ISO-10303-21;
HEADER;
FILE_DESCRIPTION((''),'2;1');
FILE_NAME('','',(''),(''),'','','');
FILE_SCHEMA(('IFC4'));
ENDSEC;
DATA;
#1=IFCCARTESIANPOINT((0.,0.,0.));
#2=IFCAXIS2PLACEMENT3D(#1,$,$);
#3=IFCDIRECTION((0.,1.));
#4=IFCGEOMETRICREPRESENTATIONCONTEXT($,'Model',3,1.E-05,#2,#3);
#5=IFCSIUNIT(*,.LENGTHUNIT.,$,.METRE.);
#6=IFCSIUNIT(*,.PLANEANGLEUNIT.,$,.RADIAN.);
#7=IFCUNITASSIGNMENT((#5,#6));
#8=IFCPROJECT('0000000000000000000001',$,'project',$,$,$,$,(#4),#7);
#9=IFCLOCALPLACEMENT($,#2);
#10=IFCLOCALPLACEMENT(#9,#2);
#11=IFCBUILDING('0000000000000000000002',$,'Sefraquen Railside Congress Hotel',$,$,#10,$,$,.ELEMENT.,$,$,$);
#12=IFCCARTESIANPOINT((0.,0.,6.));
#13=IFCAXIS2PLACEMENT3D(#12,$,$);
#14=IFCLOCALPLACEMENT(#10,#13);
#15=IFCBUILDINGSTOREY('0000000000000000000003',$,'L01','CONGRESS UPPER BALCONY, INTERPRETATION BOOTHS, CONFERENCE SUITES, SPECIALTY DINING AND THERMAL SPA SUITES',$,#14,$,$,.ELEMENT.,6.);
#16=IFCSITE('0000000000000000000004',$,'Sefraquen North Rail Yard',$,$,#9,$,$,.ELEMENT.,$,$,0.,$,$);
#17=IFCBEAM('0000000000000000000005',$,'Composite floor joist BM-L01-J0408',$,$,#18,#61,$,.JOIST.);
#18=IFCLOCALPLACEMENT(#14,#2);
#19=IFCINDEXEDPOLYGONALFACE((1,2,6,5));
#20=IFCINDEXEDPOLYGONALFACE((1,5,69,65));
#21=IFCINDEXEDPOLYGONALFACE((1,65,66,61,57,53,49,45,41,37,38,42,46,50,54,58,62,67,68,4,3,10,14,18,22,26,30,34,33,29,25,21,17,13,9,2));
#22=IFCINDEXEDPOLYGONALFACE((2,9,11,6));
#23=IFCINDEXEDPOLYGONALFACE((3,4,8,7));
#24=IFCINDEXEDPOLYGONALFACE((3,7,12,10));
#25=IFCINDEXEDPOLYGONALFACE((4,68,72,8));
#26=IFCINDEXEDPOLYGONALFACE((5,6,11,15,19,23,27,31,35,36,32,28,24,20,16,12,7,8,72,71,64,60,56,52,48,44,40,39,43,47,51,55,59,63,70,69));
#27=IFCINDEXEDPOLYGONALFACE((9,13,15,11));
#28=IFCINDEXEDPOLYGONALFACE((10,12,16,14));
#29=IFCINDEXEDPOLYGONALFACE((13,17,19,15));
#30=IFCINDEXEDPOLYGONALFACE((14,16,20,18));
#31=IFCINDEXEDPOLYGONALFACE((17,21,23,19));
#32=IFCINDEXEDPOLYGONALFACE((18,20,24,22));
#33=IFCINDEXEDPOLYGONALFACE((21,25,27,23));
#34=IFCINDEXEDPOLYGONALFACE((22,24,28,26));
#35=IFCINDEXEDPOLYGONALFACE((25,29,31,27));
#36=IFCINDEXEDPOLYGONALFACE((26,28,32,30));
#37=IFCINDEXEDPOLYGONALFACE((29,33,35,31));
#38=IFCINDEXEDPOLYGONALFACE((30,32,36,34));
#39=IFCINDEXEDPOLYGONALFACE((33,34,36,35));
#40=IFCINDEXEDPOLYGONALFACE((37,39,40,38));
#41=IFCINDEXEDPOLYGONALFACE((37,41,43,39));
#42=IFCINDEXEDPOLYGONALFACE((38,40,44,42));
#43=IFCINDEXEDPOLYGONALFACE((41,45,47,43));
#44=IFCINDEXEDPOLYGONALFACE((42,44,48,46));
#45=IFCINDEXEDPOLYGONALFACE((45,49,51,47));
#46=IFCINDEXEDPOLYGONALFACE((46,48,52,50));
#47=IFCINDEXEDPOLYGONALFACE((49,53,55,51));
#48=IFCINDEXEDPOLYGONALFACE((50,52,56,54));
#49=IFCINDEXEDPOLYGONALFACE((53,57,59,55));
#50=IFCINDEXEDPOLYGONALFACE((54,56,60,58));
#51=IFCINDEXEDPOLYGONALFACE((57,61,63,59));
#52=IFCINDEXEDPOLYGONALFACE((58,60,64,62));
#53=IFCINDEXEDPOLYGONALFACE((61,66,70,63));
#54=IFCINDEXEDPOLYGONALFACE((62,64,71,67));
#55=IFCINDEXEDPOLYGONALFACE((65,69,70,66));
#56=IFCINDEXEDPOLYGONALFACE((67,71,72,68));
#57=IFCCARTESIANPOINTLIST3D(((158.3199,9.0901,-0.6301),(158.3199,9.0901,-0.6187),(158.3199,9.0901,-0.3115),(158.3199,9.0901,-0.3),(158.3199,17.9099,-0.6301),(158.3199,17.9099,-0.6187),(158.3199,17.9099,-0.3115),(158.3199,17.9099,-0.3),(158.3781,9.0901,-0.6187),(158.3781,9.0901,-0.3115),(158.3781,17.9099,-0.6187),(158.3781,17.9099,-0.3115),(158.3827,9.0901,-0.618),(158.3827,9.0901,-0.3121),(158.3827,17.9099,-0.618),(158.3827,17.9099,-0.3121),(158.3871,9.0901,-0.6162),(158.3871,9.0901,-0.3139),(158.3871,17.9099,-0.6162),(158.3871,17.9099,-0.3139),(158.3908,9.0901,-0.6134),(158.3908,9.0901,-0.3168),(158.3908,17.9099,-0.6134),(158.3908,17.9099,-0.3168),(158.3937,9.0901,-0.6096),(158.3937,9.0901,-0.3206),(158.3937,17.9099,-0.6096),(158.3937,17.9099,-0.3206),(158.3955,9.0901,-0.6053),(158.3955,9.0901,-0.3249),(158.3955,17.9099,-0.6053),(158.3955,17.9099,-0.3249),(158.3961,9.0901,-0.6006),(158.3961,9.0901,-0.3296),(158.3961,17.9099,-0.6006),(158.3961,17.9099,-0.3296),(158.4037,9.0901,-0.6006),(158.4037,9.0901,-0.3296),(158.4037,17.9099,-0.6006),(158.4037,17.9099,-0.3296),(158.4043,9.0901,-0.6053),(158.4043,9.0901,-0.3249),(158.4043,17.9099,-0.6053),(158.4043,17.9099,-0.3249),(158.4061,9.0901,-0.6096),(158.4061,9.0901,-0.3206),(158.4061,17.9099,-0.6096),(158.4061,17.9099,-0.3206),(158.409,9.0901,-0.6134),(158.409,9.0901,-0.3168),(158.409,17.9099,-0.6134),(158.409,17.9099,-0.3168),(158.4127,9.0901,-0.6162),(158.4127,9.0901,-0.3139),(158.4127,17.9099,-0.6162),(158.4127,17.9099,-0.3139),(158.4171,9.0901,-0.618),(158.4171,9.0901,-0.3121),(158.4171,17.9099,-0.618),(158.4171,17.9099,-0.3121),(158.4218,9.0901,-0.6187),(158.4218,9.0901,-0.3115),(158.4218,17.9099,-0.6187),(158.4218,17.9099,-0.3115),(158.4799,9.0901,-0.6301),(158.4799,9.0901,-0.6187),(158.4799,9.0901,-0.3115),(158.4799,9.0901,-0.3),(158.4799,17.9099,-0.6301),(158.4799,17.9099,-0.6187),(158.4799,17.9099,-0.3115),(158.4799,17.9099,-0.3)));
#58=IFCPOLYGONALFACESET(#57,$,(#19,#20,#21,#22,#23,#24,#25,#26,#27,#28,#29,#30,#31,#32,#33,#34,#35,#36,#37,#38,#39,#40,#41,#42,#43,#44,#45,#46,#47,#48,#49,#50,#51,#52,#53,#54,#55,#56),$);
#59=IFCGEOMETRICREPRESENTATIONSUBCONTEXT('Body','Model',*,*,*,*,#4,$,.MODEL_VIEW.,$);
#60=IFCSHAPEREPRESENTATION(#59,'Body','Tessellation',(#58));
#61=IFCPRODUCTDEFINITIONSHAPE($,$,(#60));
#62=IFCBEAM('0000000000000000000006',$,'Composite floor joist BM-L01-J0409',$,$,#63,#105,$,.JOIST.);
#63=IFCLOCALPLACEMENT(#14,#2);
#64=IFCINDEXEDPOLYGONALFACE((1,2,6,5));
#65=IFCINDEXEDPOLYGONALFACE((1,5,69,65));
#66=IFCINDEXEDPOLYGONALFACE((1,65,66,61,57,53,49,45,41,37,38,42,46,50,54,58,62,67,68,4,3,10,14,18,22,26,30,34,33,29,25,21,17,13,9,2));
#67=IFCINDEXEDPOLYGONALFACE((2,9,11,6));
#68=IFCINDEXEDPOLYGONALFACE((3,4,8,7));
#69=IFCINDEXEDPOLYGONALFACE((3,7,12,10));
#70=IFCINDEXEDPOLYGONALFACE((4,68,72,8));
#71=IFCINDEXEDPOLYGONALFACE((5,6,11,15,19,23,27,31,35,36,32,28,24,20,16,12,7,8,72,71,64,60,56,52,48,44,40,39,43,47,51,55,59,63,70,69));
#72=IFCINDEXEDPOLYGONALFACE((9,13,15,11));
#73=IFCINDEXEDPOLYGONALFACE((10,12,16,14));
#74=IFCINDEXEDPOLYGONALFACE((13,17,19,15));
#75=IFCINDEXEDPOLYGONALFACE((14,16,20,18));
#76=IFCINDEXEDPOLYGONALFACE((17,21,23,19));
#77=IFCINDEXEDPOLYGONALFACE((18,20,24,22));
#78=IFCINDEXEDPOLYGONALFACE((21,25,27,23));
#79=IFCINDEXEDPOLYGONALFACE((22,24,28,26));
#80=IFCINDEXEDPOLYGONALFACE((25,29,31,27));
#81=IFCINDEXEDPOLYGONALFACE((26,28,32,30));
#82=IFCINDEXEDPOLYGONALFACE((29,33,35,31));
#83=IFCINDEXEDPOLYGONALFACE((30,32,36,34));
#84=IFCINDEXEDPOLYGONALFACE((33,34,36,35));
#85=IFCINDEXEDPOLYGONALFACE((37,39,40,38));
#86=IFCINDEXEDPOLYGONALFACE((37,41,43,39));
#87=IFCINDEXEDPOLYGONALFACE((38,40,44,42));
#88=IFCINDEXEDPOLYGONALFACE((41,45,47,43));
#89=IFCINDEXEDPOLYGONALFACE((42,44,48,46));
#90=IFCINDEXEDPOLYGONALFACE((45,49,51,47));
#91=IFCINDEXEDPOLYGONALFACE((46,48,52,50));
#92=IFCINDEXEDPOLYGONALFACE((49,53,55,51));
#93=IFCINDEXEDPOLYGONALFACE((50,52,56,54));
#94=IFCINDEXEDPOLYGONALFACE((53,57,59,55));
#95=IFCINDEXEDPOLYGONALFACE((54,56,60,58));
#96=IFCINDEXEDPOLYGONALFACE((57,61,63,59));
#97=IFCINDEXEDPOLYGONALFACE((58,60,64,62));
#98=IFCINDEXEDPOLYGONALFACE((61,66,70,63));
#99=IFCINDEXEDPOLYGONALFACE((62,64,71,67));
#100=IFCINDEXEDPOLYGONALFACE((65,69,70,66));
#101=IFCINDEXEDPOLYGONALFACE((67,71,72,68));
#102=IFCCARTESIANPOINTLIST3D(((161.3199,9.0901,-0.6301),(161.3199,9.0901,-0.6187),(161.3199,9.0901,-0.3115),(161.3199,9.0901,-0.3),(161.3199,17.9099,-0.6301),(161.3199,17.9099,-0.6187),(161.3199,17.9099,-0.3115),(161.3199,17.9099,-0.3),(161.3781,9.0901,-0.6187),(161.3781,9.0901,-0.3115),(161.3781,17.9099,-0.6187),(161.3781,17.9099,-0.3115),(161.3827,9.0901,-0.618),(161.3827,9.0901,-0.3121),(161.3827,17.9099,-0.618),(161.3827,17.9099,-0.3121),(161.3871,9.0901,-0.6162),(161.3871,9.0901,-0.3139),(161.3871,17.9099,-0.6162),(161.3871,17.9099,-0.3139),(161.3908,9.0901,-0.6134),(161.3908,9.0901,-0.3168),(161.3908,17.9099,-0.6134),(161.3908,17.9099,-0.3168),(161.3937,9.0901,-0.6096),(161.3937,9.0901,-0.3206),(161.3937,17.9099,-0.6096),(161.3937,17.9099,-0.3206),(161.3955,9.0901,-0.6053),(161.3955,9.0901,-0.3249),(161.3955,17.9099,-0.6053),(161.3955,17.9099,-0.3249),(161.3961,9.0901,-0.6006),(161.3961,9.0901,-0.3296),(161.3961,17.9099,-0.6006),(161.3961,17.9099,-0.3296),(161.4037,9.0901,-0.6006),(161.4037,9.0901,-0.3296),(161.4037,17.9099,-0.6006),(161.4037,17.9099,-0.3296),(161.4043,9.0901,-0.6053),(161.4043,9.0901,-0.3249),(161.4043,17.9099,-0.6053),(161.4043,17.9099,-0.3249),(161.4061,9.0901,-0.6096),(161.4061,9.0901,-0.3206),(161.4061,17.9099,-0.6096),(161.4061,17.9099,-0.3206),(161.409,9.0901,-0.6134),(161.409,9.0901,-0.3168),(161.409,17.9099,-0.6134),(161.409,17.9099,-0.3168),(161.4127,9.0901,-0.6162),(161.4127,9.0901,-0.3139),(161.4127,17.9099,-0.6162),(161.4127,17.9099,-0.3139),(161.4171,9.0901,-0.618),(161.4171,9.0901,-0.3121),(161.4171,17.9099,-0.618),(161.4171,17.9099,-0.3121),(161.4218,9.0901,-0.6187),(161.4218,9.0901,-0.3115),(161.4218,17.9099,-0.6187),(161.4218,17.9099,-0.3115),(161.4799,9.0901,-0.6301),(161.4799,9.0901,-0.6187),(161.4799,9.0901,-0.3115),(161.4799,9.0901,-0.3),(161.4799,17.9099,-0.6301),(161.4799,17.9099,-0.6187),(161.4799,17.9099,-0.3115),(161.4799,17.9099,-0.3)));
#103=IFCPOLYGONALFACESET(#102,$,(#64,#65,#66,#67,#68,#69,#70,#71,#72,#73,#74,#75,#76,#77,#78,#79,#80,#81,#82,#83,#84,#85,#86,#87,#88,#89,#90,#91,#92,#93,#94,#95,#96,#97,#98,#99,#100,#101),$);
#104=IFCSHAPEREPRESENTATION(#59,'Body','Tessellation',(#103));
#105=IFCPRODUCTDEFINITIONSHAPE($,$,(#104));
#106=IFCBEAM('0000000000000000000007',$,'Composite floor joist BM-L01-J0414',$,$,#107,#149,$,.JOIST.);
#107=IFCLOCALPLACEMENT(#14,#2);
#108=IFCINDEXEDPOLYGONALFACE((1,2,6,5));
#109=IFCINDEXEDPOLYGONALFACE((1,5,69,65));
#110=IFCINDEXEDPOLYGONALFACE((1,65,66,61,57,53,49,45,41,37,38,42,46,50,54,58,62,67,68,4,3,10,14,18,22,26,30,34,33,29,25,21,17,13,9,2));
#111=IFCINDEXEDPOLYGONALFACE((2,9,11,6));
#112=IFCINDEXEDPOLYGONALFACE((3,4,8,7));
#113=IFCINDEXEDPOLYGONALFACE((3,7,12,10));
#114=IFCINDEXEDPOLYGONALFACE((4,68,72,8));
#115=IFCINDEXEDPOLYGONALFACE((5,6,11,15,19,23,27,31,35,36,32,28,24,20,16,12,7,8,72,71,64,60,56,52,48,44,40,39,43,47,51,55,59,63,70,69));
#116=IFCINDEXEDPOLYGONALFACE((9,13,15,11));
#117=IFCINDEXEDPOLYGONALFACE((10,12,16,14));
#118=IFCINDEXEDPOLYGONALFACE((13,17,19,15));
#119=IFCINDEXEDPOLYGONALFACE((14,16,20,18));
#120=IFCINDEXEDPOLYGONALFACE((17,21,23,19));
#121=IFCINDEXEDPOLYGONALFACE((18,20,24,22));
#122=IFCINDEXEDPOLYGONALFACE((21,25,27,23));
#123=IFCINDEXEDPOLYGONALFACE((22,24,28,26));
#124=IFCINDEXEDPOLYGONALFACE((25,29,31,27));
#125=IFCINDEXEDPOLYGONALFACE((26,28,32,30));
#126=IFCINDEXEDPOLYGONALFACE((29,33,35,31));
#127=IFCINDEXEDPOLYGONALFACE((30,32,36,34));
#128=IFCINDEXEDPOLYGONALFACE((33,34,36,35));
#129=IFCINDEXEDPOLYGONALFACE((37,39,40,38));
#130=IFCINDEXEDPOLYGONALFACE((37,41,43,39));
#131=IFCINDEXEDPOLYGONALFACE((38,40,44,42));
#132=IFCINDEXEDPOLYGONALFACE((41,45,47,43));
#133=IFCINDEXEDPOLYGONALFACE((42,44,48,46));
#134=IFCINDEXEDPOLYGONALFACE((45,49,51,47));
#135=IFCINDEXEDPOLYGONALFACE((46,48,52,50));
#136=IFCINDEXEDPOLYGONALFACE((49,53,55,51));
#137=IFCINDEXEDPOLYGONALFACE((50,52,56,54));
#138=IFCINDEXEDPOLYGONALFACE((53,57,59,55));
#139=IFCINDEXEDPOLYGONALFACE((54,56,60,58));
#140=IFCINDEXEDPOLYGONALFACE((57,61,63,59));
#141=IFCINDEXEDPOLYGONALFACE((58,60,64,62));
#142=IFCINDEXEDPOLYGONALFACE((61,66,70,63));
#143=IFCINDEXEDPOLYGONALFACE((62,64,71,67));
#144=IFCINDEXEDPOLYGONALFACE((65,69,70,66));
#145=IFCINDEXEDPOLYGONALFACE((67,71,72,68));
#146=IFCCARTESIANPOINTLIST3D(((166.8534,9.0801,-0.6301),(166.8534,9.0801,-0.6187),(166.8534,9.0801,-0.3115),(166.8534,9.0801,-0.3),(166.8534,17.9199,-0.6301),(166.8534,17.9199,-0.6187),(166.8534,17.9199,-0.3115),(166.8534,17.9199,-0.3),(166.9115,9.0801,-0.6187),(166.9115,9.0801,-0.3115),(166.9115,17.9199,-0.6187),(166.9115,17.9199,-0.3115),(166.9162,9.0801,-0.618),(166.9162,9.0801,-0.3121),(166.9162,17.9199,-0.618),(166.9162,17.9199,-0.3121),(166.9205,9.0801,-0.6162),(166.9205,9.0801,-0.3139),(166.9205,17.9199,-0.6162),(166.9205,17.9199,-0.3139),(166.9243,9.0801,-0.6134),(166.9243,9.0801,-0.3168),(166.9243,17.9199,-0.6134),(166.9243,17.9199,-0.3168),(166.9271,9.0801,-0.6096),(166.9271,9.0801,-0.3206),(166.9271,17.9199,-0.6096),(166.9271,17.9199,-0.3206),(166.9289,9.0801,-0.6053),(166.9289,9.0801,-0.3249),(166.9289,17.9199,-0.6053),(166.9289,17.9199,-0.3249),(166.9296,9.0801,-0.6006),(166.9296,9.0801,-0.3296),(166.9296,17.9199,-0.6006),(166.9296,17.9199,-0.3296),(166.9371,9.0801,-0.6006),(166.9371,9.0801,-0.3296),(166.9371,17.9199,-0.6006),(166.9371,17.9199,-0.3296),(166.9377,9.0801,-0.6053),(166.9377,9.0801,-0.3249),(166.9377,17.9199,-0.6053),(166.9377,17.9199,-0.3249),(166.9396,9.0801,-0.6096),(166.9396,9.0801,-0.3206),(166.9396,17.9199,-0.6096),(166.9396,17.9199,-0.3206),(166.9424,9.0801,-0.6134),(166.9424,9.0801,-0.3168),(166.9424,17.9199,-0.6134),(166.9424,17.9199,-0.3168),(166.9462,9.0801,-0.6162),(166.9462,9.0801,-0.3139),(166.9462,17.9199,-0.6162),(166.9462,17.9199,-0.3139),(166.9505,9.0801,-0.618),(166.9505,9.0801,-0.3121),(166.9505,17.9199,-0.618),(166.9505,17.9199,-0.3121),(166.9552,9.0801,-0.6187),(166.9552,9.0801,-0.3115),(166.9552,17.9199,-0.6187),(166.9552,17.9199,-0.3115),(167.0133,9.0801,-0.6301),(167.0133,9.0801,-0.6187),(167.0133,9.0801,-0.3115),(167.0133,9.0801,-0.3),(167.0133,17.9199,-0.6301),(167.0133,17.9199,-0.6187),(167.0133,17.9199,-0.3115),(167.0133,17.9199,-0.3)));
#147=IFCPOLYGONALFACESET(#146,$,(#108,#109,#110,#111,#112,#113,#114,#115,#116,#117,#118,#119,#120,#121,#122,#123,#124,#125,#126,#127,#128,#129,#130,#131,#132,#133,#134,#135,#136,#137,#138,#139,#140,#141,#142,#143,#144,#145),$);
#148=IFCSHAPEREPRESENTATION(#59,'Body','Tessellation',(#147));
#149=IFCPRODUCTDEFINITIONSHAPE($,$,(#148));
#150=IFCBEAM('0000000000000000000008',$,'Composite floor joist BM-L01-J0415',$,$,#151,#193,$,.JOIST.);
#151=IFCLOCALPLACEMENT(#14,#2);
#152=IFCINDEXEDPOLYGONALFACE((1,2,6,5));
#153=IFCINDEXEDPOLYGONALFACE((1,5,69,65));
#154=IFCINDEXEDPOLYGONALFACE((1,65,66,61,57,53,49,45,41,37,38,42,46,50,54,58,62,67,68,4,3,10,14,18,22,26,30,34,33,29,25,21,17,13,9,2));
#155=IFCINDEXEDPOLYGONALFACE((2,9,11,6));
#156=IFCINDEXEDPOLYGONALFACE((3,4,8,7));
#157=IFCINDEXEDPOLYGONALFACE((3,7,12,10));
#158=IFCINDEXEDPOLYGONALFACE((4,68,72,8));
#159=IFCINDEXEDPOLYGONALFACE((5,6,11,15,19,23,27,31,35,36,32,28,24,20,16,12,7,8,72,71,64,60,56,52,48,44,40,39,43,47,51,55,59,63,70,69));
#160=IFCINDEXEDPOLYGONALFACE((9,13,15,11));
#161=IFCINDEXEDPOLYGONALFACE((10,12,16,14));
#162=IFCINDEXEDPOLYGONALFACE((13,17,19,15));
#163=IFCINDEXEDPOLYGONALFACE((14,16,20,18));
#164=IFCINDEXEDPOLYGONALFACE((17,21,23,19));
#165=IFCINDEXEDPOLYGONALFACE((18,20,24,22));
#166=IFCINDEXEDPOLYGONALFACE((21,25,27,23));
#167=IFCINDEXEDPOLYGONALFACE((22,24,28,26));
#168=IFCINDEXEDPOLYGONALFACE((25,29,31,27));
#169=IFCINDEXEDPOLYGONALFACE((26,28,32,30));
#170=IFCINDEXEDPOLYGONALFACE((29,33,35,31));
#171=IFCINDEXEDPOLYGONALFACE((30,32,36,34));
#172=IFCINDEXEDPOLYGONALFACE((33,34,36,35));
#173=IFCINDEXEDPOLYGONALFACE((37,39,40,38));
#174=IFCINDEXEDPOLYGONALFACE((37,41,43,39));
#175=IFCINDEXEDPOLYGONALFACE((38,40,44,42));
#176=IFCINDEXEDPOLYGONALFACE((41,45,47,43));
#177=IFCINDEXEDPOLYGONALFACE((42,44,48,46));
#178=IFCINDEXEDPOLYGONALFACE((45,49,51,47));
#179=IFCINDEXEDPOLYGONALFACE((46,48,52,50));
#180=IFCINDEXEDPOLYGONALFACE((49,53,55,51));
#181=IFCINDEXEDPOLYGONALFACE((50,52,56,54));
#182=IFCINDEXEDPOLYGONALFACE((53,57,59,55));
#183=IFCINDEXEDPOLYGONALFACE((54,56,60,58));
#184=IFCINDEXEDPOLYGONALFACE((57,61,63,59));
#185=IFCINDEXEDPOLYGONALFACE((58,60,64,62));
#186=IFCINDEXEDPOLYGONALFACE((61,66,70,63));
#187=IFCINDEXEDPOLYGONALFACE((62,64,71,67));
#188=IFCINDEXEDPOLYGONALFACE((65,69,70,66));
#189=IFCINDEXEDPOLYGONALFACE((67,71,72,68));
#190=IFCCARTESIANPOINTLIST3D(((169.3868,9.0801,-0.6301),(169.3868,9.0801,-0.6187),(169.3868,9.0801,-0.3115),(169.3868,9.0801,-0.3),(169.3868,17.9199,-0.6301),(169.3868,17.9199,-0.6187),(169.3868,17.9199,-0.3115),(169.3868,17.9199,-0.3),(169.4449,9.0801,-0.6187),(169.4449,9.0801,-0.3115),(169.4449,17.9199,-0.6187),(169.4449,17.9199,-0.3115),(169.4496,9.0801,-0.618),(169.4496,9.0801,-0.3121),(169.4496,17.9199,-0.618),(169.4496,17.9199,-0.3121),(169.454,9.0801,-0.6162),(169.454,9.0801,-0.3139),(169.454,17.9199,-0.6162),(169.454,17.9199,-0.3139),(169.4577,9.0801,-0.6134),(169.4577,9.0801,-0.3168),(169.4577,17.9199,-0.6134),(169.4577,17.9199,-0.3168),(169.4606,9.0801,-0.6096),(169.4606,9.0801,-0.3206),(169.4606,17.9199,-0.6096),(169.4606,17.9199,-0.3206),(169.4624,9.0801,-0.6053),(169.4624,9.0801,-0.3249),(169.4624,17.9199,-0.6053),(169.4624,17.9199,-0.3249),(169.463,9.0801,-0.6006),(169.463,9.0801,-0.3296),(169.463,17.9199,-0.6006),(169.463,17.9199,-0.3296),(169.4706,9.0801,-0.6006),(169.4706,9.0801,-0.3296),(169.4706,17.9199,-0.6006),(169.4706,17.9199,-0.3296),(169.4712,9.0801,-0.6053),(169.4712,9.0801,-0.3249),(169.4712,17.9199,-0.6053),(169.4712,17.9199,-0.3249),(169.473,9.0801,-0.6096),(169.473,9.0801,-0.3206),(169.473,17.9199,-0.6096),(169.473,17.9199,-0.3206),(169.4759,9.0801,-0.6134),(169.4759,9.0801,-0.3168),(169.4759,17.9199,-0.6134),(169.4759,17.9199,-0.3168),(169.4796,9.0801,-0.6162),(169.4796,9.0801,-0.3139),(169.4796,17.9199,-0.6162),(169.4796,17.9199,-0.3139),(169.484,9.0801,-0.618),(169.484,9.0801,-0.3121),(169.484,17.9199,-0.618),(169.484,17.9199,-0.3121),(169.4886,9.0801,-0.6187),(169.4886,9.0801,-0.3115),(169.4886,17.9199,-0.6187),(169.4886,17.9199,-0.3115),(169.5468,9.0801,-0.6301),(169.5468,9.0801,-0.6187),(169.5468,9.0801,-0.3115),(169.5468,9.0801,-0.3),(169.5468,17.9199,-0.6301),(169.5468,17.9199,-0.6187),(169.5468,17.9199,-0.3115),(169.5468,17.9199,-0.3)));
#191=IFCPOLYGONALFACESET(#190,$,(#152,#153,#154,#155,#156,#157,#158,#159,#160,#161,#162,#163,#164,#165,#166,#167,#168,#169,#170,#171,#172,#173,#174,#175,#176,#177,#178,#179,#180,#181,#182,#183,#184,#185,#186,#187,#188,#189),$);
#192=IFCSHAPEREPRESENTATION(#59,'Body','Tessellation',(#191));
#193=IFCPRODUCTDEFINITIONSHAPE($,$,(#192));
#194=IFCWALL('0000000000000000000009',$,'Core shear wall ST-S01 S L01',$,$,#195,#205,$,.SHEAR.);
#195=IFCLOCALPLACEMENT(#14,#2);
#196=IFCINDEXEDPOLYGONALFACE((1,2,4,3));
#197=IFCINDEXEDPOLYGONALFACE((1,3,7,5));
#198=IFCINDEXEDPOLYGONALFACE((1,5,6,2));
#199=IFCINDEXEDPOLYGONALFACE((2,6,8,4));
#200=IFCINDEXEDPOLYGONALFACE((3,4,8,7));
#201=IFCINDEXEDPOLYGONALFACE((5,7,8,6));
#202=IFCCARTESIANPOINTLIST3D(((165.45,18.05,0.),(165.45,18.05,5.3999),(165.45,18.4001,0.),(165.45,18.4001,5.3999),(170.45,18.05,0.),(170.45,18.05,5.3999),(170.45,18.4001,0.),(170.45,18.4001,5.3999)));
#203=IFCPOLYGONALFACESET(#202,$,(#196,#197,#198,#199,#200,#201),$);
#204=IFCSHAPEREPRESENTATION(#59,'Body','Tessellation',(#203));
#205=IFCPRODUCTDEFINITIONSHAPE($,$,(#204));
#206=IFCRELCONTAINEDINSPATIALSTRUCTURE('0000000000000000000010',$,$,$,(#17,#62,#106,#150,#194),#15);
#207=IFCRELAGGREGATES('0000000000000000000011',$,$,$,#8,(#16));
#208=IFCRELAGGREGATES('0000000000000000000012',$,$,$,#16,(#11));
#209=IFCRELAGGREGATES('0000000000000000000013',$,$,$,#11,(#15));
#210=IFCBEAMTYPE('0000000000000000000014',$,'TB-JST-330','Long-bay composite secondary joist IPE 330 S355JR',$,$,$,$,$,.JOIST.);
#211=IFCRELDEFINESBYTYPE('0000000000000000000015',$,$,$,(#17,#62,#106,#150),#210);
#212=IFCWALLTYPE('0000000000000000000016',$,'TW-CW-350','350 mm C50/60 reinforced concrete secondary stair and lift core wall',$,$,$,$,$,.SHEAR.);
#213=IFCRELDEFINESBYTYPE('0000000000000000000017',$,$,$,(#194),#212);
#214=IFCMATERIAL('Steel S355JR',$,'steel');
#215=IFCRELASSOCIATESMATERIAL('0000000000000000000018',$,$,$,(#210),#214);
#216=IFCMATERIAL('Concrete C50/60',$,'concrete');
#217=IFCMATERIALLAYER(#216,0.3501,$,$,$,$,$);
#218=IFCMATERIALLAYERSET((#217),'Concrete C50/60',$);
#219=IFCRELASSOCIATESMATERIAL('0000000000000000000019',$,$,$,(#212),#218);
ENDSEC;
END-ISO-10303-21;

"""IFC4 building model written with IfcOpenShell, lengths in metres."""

from ifc_helpers import new_model, si_unit, direction, frame, frame_2d, origin, origin_2d, place, context, subcontext, project, spatial, rectangle, i_section, extrude, material, layer, layer_set, material_profile, profile_set, type_object, element, save


model = new_model("IFC4")

# Units and contexts
model_context = context("Model", 3, precision=1e-05, world=origin(), true_north=direction((0.0, 1.0)))
body_context = subcontext(model_context, "Body", "Model", "MODEL_VIEW")
ifc_project = project(units=[si_unit("LENGTHUNIT", "METRE"), si_unit("PLANEANGLEUNIT", "RADIAN")], contexts=[model_context])

# Site, building, storey
site_placement = place(None, origin())
site = spatial("IfcSite", under=ifc_project, at=site_placement, Name="Sefraquen North Rail Yard", CompositionType="ELEMENT", RefElevation=0.0)
building_placement = place(site_placement, origin())
building = spatial("IfcBuilding", under=site, at=building_placement, Name="Sefraquen Railside Congress Hotel", CompositionType="ELEMENT")
storey_placement = place(building_placement, frame((0.0, 0.0, 6.0)))
storey = spatial("IfcBuildingStorey", under=building, at=storey_placement, Name="L01", Description="CONGRESS UPPER BALCONY, INTERPRETATION BOOTHS, CONFERENCE SUITES, SPECIALTY DINING AND THERMAL SPA SUITES", CompositionType="ELEMENT", Elevation=6.0)

# Shared definitions
ifc_material_1 = material(Name="Steel S355JR", Category="steel")

# Beams
ifc_material_profile_1 = material_profile(ifc_material_1, i_section(OverallWidth=0.1599, OverallDepth=0.3301, WebThickness=0.0076, FlangeThickness=0.0115, FilletRadius=0.0181, at=origin_2d()), Name="IPE 330")
ifc_profile_set_1 = profile_set([ifc_material_profile_1], Name="Steel S355JR")
beam_type_1 = type_object("IfcBeamType", Name="TB-JST-330", Description="Long-bay composite secondary joist IPE 330 S355JR", PredefinedType="JOIST", material=ifc_profile_set_1)
for number, where, z_axis, x_axis, name in (
    (1, (158.3999, 9.0901, -0.4651), (0.0, 1.0, 0.0), (-1.0, 0.0, 0.0), "Composite floor joist BM-L01-J0408"),
    (2, (161.3999, 9.0901, -0.4651), (0.0, 1.0, 0.0), (-1.0, 0.0, 0.0), "Composite floor joist BM-L01-J0409"),
):
    element("IfcBeam", number, at=place(storey_placement, frame(where, z_axis=z_axis, x_axis=x_axis)), inside=storey, type_object=beam_type_1, Name=name, PredefinedType="JOIST", context=body_context, shape_type="SweptSolid", body=[
        extrude(i_section(OverallWidth=0.1599, OverallDepth=0.3301, WebThickness=0.0076, FlangeThickness=0.0115, FilletRadius=0.0181, at=origin_2d()), origin(), (0.0, 0.0, 1.0), 8.8198),
    ])
for number, where, z_axis, x_axis, name in (
    (3, (166.9333, 9.0801, -0.4651), (0.0, 1.0, 0.0), (-1.0, 0.0, 0.0), "Composite floor joist BM-L01-J0414"),
    (4, (169.4668, 9.0801, -0.4651), (0.0, 1.0, 0.0), (-1.0, 0.0, 0.0), "Composite floor joist BM-L01-J0415"),
):
    element("IfcBeam", number, at=place(storey_placement, frame(where, z_axis=z_axis, x_axis=x_axis)), inside=storey, type_object=beam_type_1, Name=name, PredefinedType="JOIST", context=body_context, shape_type="SweptSolid", body=[
        extrude(i_section(OverallWidth=0.1599, OverallDepth=0.3301, WebThickness=0.0076, FlangeThickness=0.0115, FilletRadius=0.0181, at=origin_2d()), origin(), (0.0, 0.0, 1.0), 8.8398),
    ])

# Wall
ifc_material_2 = material(Name="Concrete C50/60", Category="concrete")
ifc_layer_1 = layer(ifc_material_2, 0.3501)
ifc_layer_set_1 = layer_set([ifc_layer_1], Name="Concrete C50/60")
wall_type_1 = type_object("IfcWallType", Name="TW-CW-350", Description="350 mm C50/60 reinforced concrete secondary stair and lift core wall", PredefinedType="SHEAR", material=ifc_layer_set_1)
wall_1_placement = place(storey_placement, frame((165.45, 18.2251, 0.0), z_axis=(0.0, 0.0, 1.0), x_axis=(1.0, 0.0, 0.0)))
element("IfcWall", 5, at=wall_1_placement, inside=storey, type_object=wall_type_1, Name="Core shear wall ST-S01 S L01", PredefinedType="SHEAR", context=body_context, shape_type="SweptSolid", body=[
    extrude(rectangle(XDim=5.0, YDim=0.3501, at=frame_2d((2.5, 0.0))), origin(), (0.0, 0.0, 1.0), 5.3999),
])

save(model, "model.ifc")
